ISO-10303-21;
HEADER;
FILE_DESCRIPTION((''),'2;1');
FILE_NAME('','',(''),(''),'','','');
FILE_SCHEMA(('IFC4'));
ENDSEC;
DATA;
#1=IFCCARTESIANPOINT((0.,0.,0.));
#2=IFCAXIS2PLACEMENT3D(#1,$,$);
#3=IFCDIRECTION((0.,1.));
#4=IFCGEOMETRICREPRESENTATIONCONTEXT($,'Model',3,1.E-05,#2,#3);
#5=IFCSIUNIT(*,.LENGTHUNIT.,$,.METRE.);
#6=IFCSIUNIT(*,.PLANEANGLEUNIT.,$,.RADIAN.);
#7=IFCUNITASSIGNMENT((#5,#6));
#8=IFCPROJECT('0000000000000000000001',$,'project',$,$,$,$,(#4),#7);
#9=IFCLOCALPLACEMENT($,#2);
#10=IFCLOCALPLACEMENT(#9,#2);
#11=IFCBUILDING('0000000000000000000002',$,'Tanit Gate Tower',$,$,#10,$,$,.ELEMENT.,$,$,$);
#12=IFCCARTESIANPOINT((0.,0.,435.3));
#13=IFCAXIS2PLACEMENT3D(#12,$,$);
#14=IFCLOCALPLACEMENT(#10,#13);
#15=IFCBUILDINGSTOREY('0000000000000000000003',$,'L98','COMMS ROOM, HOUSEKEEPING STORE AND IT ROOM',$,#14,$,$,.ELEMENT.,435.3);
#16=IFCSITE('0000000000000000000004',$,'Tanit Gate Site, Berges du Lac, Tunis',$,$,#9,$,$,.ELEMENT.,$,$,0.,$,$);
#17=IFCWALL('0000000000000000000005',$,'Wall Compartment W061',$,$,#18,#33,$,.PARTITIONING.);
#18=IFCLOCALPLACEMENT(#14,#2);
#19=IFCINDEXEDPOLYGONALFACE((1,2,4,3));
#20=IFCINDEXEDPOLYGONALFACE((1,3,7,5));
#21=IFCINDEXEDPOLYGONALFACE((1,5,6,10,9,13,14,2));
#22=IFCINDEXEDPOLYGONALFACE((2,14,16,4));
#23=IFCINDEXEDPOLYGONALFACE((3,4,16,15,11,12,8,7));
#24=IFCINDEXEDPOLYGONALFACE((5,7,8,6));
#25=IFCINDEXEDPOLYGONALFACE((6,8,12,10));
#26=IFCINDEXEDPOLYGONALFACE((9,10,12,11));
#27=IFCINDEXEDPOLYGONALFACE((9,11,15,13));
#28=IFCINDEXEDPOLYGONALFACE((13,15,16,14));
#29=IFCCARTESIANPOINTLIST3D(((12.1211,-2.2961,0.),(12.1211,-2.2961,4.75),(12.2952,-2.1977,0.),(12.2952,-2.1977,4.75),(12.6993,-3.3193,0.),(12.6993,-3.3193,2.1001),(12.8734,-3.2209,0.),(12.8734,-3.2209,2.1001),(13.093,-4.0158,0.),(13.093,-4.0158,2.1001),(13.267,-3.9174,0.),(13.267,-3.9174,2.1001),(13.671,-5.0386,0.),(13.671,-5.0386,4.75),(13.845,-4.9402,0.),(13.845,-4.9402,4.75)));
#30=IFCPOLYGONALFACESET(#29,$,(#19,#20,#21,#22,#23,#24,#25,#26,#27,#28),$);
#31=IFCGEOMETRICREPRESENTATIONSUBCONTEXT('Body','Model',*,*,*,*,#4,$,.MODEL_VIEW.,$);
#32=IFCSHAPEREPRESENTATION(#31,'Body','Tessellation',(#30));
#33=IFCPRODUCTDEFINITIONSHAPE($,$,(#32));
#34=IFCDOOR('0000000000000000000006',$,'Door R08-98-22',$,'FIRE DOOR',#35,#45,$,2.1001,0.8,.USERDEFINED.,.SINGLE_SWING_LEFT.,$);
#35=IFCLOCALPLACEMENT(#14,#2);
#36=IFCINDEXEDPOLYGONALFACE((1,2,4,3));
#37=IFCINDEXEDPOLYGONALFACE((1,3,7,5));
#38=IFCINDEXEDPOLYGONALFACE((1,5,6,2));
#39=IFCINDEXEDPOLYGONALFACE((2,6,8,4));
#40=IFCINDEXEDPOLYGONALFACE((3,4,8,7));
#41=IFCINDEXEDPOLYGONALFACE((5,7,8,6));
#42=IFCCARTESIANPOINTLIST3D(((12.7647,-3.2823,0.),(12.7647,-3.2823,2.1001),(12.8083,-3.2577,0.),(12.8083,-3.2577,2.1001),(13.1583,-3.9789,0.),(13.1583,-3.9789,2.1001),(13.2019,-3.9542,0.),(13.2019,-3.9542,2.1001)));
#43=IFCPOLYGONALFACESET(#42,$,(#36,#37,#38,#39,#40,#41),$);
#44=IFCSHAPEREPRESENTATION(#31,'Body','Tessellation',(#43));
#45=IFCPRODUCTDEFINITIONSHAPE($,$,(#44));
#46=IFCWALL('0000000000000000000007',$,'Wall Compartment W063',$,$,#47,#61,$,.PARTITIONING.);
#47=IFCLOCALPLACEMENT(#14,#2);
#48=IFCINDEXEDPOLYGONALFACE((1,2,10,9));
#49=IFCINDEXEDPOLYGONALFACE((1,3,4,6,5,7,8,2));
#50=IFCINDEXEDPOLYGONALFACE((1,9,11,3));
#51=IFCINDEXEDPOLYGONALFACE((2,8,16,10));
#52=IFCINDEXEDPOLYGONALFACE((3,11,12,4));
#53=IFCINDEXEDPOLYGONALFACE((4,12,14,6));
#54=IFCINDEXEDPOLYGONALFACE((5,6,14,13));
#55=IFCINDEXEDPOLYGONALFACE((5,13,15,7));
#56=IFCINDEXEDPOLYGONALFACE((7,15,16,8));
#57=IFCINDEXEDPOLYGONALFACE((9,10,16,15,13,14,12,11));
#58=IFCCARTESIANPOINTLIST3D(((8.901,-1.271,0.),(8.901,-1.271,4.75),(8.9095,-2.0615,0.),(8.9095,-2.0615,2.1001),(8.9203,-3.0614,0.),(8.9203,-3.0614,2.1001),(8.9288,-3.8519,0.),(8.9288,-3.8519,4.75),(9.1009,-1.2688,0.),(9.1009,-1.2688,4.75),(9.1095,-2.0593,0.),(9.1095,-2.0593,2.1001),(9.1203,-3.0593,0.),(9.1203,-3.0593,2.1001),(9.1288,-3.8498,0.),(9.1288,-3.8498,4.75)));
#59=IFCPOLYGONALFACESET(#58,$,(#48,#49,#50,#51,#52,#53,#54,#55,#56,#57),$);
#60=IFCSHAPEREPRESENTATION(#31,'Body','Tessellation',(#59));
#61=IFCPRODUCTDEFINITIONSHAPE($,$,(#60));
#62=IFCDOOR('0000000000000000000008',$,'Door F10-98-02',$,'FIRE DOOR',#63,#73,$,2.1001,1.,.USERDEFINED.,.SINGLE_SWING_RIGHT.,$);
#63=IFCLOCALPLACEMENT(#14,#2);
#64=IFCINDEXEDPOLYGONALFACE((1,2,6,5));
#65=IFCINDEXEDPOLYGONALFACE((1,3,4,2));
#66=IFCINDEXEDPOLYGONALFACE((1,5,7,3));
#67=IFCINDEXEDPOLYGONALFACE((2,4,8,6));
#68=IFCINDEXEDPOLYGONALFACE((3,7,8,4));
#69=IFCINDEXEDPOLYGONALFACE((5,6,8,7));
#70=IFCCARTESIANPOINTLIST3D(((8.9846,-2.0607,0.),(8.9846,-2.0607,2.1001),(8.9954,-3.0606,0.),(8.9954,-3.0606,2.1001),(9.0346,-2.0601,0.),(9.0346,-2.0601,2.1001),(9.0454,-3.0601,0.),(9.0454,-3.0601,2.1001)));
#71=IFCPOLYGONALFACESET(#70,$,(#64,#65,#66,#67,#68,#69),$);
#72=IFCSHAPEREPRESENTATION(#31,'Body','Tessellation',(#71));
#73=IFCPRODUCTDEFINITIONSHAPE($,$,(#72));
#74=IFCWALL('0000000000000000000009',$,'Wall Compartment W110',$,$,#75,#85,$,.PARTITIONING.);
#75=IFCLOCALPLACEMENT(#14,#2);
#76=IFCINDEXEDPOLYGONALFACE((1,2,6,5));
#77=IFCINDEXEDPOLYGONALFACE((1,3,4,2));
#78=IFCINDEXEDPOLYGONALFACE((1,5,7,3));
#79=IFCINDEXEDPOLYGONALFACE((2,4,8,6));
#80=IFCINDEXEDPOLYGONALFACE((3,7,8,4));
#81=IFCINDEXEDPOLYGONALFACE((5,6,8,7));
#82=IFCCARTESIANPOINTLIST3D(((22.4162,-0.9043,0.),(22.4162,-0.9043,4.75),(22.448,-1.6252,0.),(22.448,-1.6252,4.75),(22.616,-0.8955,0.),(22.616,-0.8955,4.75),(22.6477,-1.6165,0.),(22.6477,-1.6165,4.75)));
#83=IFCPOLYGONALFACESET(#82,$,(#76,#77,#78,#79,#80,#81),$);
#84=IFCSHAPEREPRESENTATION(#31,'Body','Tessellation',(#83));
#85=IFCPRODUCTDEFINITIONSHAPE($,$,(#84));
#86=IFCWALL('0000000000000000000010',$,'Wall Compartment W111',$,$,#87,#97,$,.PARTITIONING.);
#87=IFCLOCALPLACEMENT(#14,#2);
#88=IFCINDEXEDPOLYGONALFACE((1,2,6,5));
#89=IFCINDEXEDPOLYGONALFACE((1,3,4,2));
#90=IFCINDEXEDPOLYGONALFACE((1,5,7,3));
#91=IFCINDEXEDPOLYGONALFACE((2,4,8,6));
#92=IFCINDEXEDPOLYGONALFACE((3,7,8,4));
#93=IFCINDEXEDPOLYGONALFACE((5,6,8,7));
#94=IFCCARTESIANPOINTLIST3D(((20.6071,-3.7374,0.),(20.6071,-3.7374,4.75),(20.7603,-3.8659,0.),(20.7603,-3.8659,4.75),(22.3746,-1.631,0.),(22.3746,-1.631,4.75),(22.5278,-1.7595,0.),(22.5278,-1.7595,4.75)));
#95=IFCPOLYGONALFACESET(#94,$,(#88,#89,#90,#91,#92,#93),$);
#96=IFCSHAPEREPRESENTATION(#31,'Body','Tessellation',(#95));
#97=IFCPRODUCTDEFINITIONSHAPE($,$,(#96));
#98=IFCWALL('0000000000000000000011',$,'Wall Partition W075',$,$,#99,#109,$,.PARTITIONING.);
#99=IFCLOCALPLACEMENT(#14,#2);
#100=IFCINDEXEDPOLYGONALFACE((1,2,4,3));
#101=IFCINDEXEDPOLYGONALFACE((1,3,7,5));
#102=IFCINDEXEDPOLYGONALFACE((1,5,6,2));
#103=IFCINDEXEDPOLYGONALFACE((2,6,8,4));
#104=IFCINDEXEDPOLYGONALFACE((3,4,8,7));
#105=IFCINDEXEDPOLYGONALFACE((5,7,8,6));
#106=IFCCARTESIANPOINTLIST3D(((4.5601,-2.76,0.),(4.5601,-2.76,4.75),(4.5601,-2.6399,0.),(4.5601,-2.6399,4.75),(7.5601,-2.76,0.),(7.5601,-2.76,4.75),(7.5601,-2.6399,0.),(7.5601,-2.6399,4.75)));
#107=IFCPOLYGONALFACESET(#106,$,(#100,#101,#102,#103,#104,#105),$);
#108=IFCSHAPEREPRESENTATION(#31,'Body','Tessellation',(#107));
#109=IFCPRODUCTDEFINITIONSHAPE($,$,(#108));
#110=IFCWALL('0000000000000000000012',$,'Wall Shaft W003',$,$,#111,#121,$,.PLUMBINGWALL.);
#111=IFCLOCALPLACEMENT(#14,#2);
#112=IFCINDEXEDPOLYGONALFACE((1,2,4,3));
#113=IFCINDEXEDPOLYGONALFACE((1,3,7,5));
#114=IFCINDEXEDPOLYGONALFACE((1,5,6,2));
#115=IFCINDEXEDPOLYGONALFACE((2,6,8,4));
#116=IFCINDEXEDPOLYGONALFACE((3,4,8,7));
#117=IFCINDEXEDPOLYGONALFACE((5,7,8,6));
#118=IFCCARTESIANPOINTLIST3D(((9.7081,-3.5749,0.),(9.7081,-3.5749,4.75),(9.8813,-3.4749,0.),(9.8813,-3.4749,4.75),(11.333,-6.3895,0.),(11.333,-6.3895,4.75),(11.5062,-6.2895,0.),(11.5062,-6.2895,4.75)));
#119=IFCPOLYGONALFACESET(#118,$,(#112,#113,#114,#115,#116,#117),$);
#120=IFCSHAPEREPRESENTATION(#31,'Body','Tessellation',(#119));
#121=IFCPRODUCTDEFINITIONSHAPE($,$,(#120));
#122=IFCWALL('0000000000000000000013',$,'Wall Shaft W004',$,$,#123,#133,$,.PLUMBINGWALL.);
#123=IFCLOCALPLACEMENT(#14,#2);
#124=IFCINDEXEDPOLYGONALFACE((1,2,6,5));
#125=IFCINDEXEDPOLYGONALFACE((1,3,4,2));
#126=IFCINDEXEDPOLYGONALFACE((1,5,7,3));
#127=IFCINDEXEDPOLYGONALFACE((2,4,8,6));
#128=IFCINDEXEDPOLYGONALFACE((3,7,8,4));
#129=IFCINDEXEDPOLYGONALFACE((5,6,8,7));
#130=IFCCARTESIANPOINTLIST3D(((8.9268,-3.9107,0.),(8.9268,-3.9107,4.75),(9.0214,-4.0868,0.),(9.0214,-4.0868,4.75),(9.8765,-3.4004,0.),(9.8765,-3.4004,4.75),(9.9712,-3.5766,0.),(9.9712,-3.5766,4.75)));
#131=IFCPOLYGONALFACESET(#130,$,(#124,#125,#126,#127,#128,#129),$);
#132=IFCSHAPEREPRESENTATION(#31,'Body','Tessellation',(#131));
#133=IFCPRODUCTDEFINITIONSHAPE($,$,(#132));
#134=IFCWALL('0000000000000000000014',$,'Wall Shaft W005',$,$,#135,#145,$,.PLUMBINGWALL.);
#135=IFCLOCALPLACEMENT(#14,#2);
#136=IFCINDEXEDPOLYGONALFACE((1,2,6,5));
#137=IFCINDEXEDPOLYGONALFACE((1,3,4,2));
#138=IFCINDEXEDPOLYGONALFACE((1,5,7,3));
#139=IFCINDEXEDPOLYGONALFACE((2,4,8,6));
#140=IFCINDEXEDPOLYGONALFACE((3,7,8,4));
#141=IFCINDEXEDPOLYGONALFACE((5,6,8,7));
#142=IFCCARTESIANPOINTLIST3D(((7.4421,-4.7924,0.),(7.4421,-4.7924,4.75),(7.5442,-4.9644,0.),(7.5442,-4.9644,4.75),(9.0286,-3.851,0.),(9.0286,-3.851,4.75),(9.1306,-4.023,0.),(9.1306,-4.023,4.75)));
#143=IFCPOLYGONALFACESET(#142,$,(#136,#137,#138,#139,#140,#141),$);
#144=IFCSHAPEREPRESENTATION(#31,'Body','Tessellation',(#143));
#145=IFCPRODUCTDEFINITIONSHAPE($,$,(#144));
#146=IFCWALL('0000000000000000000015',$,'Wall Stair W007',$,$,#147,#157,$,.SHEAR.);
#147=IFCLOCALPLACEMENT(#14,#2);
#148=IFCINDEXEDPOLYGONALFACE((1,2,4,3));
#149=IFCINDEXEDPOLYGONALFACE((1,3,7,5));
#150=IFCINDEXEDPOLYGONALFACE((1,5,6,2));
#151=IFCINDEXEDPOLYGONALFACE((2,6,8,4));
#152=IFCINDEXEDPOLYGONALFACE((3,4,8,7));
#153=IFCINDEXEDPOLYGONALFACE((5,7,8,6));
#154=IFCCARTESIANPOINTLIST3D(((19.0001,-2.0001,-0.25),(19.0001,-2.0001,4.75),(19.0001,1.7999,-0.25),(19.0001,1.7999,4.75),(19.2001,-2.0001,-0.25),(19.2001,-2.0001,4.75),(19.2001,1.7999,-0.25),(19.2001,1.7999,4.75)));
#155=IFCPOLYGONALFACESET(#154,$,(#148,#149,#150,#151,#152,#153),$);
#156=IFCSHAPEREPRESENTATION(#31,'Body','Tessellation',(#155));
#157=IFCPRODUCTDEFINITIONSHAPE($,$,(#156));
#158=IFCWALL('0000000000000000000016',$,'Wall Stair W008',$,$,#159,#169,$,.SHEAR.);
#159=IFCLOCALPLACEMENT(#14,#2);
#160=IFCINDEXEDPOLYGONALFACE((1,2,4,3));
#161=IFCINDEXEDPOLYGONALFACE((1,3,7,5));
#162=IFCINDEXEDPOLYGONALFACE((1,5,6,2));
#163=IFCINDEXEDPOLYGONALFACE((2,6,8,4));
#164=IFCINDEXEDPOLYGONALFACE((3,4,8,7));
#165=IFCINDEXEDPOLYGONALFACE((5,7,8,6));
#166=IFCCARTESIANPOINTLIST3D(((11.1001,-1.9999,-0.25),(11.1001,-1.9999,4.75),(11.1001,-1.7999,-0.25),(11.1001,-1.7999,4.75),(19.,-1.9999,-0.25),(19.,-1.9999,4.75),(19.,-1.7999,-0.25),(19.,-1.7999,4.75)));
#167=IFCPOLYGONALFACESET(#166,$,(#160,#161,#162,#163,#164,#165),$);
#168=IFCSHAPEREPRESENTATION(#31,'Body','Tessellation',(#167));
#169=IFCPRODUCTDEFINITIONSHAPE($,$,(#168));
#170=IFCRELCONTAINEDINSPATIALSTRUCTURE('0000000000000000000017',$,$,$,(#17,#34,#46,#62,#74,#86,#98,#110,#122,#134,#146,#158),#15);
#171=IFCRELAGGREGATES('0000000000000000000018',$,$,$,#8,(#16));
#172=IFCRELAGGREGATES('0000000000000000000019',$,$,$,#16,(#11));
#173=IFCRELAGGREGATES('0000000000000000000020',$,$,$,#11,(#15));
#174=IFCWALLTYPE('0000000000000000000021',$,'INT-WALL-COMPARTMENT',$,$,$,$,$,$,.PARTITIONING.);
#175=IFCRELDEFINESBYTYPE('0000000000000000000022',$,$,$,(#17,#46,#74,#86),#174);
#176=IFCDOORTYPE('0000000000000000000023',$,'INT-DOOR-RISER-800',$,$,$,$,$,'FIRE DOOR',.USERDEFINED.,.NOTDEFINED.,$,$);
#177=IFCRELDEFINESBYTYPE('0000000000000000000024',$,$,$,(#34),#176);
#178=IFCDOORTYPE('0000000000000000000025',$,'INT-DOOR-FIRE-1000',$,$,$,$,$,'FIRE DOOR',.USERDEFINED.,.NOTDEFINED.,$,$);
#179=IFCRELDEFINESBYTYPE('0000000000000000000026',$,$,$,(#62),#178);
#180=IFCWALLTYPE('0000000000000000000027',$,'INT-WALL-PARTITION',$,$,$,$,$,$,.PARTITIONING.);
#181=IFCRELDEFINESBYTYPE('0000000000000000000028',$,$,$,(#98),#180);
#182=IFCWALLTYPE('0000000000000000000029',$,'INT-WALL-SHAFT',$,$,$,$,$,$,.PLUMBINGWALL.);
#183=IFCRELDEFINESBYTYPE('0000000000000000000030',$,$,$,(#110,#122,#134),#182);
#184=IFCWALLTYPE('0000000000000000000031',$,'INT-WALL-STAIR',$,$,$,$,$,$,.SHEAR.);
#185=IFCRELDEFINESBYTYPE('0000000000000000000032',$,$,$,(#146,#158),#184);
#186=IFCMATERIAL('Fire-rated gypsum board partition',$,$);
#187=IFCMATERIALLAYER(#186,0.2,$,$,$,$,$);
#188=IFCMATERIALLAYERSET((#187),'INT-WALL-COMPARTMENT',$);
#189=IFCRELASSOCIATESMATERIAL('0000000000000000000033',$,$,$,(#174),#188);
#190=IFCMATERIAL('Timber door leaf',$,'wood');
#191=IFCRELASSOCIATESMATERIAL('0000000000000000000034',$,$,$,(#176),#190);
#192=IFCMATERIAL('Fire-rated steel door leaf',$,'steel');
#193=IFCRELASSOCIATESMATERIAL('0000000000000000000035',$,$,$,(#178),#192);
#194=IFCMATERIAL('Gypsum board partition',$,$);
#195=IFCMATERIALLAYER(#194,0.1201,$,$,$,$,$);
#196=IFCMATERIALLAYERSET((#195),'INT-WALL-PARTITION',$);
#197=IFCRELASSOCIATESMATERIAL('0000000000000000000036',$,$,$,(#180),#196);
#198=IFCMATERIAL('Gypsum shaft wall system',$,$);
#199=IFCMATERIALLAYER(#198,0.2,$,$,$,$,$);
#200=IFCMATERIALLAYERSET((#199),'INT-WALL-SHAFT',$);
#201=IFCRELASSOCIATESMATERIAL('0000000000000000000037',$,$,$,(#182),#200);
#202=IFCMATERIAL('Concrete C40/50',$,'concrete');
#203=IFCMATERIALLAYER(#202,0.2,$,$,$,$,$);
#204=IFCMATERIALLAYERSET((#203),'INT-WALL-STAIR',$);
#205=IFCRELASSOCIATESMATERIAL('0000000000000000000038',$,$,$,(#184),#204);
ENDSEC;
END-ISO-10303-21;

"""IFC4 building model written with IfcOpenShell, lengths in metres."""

from ifc_helpers import new_model, si_unit, direction, frame, frame_2d, origin, place, context, subcontext, project, spatial, rectangle, extrude, material, layer, layer_set, type_object, element, fill, save


model = new_model("IFC4")

# Units and contexts
model_context = context("Model", 3, precision=1e-05, world=origin(), true_north=direction((0.0, 1.0)))
body_context = subcontext(model_context, "Body", "Model", "MODEL_VIEW")
ifc_project = project(units=[si_unit("LENGTHUNIT", "METRE"), si_unit("PLANEANGLEUNIT", "RADIAN")], contexts=[model_context])

# Site, building, storey
site_placement = place(None, origin())
site = spatial("IfcSite", under=ifc_project, at=site_placement, Name="Tanit Gate Site, Berges du Lac, Tunis", CompositionType="ELEMENT", RefElevation=0.0)
building_placement = place(site_placement, origin())
building = spatial("IfcBuilding", under=site, at=building_placement, Name="Tanit Gate Tower", CompositionType="ELEMENT")
storey_placement = place(building_placement, frame((0.0, 0.0, 435.3)))
storey = spatial("IfcBuildingStorey", under=building, at=storey_placement, Name="L98", Description="COMMS ROOM, HOUSEKEEPING STORE AND IT ROOM", CompositionType="ELEMENT", Elevation=435.3)

# Shared definitions
ifc_material_1 = material(Name="Fire-rated gypsum board partition")
ifc_layer_1 = layer(ifc_material_1, 0.2)
ifc_layer_set_1 = layer_set([ifc_layer_1], Name="INT-WALL-COMPARTMENT")
wall_type_1 = type_object("IfcWallType", Name="INT-WALL-COMPARTMENT", PredefinedType="PARTITIONING", material=ifc_layer_set_1)

# Walls, openings, doors
wall_1_placement = place(storey_placement, frame((13.7581, -4.9895, 0.0), z_axis=(0.0, 0.0, 1.0), x_axis=(-0.491993, 0.870599, 0.0)))
wall_1 = element("IfcWall", 1, at=wall_1_placement, inside=storey, type_object=wall_type_1, Name="Wall Compartment W061", PredefinedType="PARTITIONING", context=body_context, shape_type="SweptSolid", body=[
    extrude(rectangle(XDim=3.1501, YDim=0.2, at=frame_2d((1.5752, 0.0))), origin(), (0.0, 0.0, 1.0), 4.75),
])
opening_1_placement = place(wall_1_placement, frame((1.175, 0.0, 0.0)))
opening_1 = element("IfcOpeningElement", 2, at=opening_1_placement, cuts=wall_1, PredefinedType="OPENING", context=body_context, shape_type="SweptSolid", body=[
    extrude(rectangle(XDim=0.8, YDim=2.1001, at=frame_2d((0.3999, 1.05))), frame((0.0, 0.1099, 0.0), z_axis=(0.0, -1.0, 0.0), x_axis=(1.0, 0.0, 0.0)), (0.0, 0.0, 1.0), 0.22),
])
ifc_material_2 = material(Name="Timber door leaf", Category="wood")
door_type_1 = type_object("IfcDoorType", Name="INT-DOOR-RISER-800", ElementType="FIRE DOOR", OperationType="NOTDEFINED", PredefinedType="USERDEFINED", material=ifc_material_2)
door_1_placement = place(opening_1_placement, origin())
door_1 = element("IfcDoor", 3, at=door_1_placement, inside=storey, type_object=door_type_1, Name="Door R08-98-22", ObjectType="FIRE DOOR", OperationType="SINGLE_SWING_LEFT", OverallHeight=2.1001, OverallWidth=0.8, PredefinedType="USERDEFINED", context=body_context, shape_type="SweptSolid", body=[
    extrude(rectangle(XDim=0.8, YDim=2.1001, at=frame_2d((0.3999, 1.05))), frame((0.0, 0.0249, 0.0), z_axis=(0.0, -1.0, 0.0), x_axis=(1.0, 0.0, 0.0)), (0.0, 0.0, 1.0), 0.05),
])
fill(opening_1, door_1)
wall_2_placement = place(storey_placement, frame((9.0288, -3.8508, 0.0), z_axis=(0.0, 0.0, 1.0), x_axis=(-0.010784, 0.999942, 0.0)))
wall_2 = element("IfcWall", 4, at=wall_2_placement, inside=storey, type_object=wall_type_1, Name="Wall Compartment W063", PredefinedType="PARTITIONING", context=body_context, shape_type="SweptSolid", body=[
    extrude(rectangle(XDim=2.5811, YDim=0.2, at=frame_2d((1.2905, 0.0))), origin(), (0.0, 0.0, 1.0), 4.75),
])
opening_2_placement = place(wall_2_placement, frame((0.7905, 0.0, 0.0)))
opening_2 = element("IfcOpeningElement", 5, at=opening_2_placement, cuts=wall_2, PredefinedType="OPENING", context=body_context, shape_type="SweptSolid", body=[
    extrude(rectangle(XDim=1.0, YDim=2.1001, at=frame_2d((0.5, 1.05))), frame((0.0, 0.1099, 0.0), z_axis=(0.0, -1.0, 0.0), x_axis=(1.0, 0.0, 0.0)), (0.0, 0.0, 1.0), 0.22),
])
ifc_material_3 = material(Name="Fire-rated steel door leaf", Category="steel")
door_type_2 = type_object("IfcDoorType", Name="INT-DOOR-FIRE-1000", ElementType="FIRE DOOR", OperationType="NOTDEFINED", PredefinedType="USERDEFINED", material=ifc_material_3)
door_2_placement = place(opening_2_placement, origin())
door_2 = element("IfcDoor", 6, at=door_2_placement, inside=storey, type_object=door_type_2, Name="Door F10-98-02", ObjectType="FIRE DOOR", OperationType="SINGLE_SWING_RIGHT", OverallHeight=2.1001, OverallWidth=1.0, PredefinedType="USERDEFINED", context=body_context, shape_type="SweptSolid", body=[
    extrude(rectangle(XDim=1.0, YDim=2.1001, at=frame_2d((0.5, 1.05))), frame((0.0, 0.0249, 0.0), z_axis=(0.0, -1.0, 0.0), x_axis=(1.0, 0.0, 0.0)), (0.0, 0.0, 1.0), 0.05),
])
fill(opening_2, door_2)

# Walls
wall_3_placement = place(storey_placement, frame((22.5479, -1.6208, 0.0), z_axis=(0.0, 0.0, 1.0), x_axis=(-0.04398, 0.999032, 0.0)))
element("IfcWall", 7, at=wall_3_placement, inside=storey, type_object=wall_type_1, Name="Wall Compartment W110", PredefinedType="PARTITIONING", context=body_context, shape_type="SweptSolid", body=[
    extrude(rectangle(XDim=0.7217, YDim=0.2, at=frame_2d((0.3608, 0.0))), origin(), (0.0, 0.0, 1.0), 4.75),
])
wall_4_placement = place(storey_placement, frame((20.6836, -3.8018, 0.0), z_axis=(0.0, 0.0, 1.0), x_axis=(0.642801, 0.766034, 0.0)))
element("IfcWall", 8, at=wall_4_placement, inside=storey, type_object=wall_type_1, Name="Wall Compartment W111", PredefinedType="PARTITIONING", context=body_context, shape_type="SweptSolid", body=[
    extrude(rectangle(XDim=2.7498, YDim=0.2, at=frame_2d((1.375, 0.0))), origin(), (0.0, 0.0, 1.0), 4.75),
])
ifc_material_4 = material(Name="Gypsum board partition")
ifc_layer_2 = layer(ifc_material_4, 0.1201)
ifc_layer_set_2 = layer_set([ifc_layer_2], Name="INT-WALL-PARTITION")
wall_type_2 = type_object("IfcWallType", Name="INT-WALL-PARTITION", PredefinedType="PARTITIONING", material=ifc_layer_set_2)
wall_5_placement = place(storey_placement, frame((7.5601, -2.7, 0.0), z_axis=(0.0, 0.0, 1.0), x_axis=(-1.0, 0.0, 0.0)))
element("IfcWall", 9, at=wall_5_placement, inside=storey, type_object=wall_type_2, Name="Wall Partition W075", PredefinedType="PARTITIONING", context=body_context, shape_type="SweptSolid", body=[
    extrude(rectangle(XDim=3.0, YDim=0.1201, at=frame_2d((1.5, 0.0))), origin(), (0.0, 0.0, 1.0), 4.75),
])
ifc_material_5 = material(Name="Gypsum shaft wall system")
ifc_layer_3 = layer(ifc_material_5, 0.2)
ifc_layer_set_3 = layer_set([ifc_layer_3], Name="INT-WALL-SHAFT")
wall_type_3 = type_object("IfcWallType", Name="INT-WALL-SHAFT", PredefinedType="PLUMBINGWALL", material=ifc_layer_set_3)
wall_6_placement = place(storey_placement, frame((9.7947, -3.5249, 0.0), z_axis=(0.0, 0.0, 1.0), x_axis=(0.499985, -0.866034, 0.0)))
element("IfcWall", 10, at=wall_6_placement, inside=storey, type_object=wall_type_3, Name="Wall Shaft W003", PredefinedType="PLUMBINGWALL", context=body_context, shape_type="SweptSolid", body=[
    extrude(rectangle(XDim=3.25, YDim=0.2, at=frame_2d((1.625, 0.0))), origin(), (0.0, 0.0, 1.0), 4.75),
])
wall_7_placement = place(storey_placement, frame((8.9741, -3.9988, 0.0), z_axis=(0.0, 0.0, 1.0), x_axis=(0.880907, 0.473289, 0.0)))
element("IfcWall", 11, at=wall_7_placement, inside=storey, type_object=wall_type_3, Name="Wall Shaft W004", PredefinedType="PLUMBINGWALL", context=body_context, shape_type="SweptSolid", body=[
    extrude(rectangle(XDim=1.0781, YDim=0.2, at=frame_2d((0.5391, 0.0))), origin(), (0.0, 0.0, 1.0), 4.75),
])
wall_8_placement = place(storey_placement, frame((7.4932, -4.8784, 0.0), z_axis=(0.0, 0.0, 1.0), x_axis=(0.859982, 0.510325, 0.0)))
element("IfcWall", 12, at=wall_8_placement, inside=storey, type_object=wall_type_3, Name="Wall Shaft W005", PredefinedType="PLUMBINGWALL", context=body_context, shape_type="SweptSolid", body=[
    extrude(rectangle(XDim=1.8447, YDim=0.2, at=frame_2d((0.9224, 0.0))), origin(), (0.0, 0.0, 1.0), 4.75),
])
ifc_material_6 = material(Name="Concrete C40/50", Category="concrete")
ifc_layer_4 = layer(ifc_material_6, 0.2)
ifc_layer_set_4 = layer_set([ifc_layer_4], Name="INT-WALL-STAIR")
wall_type_4 = type_object("IfcWallType", Name="INT-WALL-STAIR", PredefinedType="SHEAR", material=ifc_layer_set_4)
wall_9_placement = place(storey_placement, frame((19.1001, -2.0, -0.25), z_axis=(0.0, 0.0, 1.0), x_axis=(0.0, 1.0, 0.0)))
element("IfcWall", 13, at=wall_9_placement, inside=storey, type_object=wall_type_4, Name="Wall Stair W007", PredefinedType="SHEAR", context=body_context, shape_type="SweptSolid", body=[
    extrude(rectangle(XDim=3.8, YDim=0.2, at=frame_2d((1.8999, 0.0))), origin(), (0.0, 0.0, 1.0), 5.0),
])
wall_10_placement = place(storey_placement, frame((11.1001, -1.8999, -0.25), z_axis=(0.0, 0.0, 1.0), x_axis=(1.0, 0.0, 0.0)))
element("IfcWall", 14, at=wall_10_placement, inside=storey, type_object=wall_type_4, Name="Wall Stair W008", PredefinedType="SHEAR", context=body_context, shape_type="SweptSolid", body=[
    extrude(rectangle(XDim=7.8999, YDim=0.2, at=frame_2d((3.95, 0.0))), origin(), (0.0, 0.0, 1.0), 5.0),
])

save(model, "model.ifc")
